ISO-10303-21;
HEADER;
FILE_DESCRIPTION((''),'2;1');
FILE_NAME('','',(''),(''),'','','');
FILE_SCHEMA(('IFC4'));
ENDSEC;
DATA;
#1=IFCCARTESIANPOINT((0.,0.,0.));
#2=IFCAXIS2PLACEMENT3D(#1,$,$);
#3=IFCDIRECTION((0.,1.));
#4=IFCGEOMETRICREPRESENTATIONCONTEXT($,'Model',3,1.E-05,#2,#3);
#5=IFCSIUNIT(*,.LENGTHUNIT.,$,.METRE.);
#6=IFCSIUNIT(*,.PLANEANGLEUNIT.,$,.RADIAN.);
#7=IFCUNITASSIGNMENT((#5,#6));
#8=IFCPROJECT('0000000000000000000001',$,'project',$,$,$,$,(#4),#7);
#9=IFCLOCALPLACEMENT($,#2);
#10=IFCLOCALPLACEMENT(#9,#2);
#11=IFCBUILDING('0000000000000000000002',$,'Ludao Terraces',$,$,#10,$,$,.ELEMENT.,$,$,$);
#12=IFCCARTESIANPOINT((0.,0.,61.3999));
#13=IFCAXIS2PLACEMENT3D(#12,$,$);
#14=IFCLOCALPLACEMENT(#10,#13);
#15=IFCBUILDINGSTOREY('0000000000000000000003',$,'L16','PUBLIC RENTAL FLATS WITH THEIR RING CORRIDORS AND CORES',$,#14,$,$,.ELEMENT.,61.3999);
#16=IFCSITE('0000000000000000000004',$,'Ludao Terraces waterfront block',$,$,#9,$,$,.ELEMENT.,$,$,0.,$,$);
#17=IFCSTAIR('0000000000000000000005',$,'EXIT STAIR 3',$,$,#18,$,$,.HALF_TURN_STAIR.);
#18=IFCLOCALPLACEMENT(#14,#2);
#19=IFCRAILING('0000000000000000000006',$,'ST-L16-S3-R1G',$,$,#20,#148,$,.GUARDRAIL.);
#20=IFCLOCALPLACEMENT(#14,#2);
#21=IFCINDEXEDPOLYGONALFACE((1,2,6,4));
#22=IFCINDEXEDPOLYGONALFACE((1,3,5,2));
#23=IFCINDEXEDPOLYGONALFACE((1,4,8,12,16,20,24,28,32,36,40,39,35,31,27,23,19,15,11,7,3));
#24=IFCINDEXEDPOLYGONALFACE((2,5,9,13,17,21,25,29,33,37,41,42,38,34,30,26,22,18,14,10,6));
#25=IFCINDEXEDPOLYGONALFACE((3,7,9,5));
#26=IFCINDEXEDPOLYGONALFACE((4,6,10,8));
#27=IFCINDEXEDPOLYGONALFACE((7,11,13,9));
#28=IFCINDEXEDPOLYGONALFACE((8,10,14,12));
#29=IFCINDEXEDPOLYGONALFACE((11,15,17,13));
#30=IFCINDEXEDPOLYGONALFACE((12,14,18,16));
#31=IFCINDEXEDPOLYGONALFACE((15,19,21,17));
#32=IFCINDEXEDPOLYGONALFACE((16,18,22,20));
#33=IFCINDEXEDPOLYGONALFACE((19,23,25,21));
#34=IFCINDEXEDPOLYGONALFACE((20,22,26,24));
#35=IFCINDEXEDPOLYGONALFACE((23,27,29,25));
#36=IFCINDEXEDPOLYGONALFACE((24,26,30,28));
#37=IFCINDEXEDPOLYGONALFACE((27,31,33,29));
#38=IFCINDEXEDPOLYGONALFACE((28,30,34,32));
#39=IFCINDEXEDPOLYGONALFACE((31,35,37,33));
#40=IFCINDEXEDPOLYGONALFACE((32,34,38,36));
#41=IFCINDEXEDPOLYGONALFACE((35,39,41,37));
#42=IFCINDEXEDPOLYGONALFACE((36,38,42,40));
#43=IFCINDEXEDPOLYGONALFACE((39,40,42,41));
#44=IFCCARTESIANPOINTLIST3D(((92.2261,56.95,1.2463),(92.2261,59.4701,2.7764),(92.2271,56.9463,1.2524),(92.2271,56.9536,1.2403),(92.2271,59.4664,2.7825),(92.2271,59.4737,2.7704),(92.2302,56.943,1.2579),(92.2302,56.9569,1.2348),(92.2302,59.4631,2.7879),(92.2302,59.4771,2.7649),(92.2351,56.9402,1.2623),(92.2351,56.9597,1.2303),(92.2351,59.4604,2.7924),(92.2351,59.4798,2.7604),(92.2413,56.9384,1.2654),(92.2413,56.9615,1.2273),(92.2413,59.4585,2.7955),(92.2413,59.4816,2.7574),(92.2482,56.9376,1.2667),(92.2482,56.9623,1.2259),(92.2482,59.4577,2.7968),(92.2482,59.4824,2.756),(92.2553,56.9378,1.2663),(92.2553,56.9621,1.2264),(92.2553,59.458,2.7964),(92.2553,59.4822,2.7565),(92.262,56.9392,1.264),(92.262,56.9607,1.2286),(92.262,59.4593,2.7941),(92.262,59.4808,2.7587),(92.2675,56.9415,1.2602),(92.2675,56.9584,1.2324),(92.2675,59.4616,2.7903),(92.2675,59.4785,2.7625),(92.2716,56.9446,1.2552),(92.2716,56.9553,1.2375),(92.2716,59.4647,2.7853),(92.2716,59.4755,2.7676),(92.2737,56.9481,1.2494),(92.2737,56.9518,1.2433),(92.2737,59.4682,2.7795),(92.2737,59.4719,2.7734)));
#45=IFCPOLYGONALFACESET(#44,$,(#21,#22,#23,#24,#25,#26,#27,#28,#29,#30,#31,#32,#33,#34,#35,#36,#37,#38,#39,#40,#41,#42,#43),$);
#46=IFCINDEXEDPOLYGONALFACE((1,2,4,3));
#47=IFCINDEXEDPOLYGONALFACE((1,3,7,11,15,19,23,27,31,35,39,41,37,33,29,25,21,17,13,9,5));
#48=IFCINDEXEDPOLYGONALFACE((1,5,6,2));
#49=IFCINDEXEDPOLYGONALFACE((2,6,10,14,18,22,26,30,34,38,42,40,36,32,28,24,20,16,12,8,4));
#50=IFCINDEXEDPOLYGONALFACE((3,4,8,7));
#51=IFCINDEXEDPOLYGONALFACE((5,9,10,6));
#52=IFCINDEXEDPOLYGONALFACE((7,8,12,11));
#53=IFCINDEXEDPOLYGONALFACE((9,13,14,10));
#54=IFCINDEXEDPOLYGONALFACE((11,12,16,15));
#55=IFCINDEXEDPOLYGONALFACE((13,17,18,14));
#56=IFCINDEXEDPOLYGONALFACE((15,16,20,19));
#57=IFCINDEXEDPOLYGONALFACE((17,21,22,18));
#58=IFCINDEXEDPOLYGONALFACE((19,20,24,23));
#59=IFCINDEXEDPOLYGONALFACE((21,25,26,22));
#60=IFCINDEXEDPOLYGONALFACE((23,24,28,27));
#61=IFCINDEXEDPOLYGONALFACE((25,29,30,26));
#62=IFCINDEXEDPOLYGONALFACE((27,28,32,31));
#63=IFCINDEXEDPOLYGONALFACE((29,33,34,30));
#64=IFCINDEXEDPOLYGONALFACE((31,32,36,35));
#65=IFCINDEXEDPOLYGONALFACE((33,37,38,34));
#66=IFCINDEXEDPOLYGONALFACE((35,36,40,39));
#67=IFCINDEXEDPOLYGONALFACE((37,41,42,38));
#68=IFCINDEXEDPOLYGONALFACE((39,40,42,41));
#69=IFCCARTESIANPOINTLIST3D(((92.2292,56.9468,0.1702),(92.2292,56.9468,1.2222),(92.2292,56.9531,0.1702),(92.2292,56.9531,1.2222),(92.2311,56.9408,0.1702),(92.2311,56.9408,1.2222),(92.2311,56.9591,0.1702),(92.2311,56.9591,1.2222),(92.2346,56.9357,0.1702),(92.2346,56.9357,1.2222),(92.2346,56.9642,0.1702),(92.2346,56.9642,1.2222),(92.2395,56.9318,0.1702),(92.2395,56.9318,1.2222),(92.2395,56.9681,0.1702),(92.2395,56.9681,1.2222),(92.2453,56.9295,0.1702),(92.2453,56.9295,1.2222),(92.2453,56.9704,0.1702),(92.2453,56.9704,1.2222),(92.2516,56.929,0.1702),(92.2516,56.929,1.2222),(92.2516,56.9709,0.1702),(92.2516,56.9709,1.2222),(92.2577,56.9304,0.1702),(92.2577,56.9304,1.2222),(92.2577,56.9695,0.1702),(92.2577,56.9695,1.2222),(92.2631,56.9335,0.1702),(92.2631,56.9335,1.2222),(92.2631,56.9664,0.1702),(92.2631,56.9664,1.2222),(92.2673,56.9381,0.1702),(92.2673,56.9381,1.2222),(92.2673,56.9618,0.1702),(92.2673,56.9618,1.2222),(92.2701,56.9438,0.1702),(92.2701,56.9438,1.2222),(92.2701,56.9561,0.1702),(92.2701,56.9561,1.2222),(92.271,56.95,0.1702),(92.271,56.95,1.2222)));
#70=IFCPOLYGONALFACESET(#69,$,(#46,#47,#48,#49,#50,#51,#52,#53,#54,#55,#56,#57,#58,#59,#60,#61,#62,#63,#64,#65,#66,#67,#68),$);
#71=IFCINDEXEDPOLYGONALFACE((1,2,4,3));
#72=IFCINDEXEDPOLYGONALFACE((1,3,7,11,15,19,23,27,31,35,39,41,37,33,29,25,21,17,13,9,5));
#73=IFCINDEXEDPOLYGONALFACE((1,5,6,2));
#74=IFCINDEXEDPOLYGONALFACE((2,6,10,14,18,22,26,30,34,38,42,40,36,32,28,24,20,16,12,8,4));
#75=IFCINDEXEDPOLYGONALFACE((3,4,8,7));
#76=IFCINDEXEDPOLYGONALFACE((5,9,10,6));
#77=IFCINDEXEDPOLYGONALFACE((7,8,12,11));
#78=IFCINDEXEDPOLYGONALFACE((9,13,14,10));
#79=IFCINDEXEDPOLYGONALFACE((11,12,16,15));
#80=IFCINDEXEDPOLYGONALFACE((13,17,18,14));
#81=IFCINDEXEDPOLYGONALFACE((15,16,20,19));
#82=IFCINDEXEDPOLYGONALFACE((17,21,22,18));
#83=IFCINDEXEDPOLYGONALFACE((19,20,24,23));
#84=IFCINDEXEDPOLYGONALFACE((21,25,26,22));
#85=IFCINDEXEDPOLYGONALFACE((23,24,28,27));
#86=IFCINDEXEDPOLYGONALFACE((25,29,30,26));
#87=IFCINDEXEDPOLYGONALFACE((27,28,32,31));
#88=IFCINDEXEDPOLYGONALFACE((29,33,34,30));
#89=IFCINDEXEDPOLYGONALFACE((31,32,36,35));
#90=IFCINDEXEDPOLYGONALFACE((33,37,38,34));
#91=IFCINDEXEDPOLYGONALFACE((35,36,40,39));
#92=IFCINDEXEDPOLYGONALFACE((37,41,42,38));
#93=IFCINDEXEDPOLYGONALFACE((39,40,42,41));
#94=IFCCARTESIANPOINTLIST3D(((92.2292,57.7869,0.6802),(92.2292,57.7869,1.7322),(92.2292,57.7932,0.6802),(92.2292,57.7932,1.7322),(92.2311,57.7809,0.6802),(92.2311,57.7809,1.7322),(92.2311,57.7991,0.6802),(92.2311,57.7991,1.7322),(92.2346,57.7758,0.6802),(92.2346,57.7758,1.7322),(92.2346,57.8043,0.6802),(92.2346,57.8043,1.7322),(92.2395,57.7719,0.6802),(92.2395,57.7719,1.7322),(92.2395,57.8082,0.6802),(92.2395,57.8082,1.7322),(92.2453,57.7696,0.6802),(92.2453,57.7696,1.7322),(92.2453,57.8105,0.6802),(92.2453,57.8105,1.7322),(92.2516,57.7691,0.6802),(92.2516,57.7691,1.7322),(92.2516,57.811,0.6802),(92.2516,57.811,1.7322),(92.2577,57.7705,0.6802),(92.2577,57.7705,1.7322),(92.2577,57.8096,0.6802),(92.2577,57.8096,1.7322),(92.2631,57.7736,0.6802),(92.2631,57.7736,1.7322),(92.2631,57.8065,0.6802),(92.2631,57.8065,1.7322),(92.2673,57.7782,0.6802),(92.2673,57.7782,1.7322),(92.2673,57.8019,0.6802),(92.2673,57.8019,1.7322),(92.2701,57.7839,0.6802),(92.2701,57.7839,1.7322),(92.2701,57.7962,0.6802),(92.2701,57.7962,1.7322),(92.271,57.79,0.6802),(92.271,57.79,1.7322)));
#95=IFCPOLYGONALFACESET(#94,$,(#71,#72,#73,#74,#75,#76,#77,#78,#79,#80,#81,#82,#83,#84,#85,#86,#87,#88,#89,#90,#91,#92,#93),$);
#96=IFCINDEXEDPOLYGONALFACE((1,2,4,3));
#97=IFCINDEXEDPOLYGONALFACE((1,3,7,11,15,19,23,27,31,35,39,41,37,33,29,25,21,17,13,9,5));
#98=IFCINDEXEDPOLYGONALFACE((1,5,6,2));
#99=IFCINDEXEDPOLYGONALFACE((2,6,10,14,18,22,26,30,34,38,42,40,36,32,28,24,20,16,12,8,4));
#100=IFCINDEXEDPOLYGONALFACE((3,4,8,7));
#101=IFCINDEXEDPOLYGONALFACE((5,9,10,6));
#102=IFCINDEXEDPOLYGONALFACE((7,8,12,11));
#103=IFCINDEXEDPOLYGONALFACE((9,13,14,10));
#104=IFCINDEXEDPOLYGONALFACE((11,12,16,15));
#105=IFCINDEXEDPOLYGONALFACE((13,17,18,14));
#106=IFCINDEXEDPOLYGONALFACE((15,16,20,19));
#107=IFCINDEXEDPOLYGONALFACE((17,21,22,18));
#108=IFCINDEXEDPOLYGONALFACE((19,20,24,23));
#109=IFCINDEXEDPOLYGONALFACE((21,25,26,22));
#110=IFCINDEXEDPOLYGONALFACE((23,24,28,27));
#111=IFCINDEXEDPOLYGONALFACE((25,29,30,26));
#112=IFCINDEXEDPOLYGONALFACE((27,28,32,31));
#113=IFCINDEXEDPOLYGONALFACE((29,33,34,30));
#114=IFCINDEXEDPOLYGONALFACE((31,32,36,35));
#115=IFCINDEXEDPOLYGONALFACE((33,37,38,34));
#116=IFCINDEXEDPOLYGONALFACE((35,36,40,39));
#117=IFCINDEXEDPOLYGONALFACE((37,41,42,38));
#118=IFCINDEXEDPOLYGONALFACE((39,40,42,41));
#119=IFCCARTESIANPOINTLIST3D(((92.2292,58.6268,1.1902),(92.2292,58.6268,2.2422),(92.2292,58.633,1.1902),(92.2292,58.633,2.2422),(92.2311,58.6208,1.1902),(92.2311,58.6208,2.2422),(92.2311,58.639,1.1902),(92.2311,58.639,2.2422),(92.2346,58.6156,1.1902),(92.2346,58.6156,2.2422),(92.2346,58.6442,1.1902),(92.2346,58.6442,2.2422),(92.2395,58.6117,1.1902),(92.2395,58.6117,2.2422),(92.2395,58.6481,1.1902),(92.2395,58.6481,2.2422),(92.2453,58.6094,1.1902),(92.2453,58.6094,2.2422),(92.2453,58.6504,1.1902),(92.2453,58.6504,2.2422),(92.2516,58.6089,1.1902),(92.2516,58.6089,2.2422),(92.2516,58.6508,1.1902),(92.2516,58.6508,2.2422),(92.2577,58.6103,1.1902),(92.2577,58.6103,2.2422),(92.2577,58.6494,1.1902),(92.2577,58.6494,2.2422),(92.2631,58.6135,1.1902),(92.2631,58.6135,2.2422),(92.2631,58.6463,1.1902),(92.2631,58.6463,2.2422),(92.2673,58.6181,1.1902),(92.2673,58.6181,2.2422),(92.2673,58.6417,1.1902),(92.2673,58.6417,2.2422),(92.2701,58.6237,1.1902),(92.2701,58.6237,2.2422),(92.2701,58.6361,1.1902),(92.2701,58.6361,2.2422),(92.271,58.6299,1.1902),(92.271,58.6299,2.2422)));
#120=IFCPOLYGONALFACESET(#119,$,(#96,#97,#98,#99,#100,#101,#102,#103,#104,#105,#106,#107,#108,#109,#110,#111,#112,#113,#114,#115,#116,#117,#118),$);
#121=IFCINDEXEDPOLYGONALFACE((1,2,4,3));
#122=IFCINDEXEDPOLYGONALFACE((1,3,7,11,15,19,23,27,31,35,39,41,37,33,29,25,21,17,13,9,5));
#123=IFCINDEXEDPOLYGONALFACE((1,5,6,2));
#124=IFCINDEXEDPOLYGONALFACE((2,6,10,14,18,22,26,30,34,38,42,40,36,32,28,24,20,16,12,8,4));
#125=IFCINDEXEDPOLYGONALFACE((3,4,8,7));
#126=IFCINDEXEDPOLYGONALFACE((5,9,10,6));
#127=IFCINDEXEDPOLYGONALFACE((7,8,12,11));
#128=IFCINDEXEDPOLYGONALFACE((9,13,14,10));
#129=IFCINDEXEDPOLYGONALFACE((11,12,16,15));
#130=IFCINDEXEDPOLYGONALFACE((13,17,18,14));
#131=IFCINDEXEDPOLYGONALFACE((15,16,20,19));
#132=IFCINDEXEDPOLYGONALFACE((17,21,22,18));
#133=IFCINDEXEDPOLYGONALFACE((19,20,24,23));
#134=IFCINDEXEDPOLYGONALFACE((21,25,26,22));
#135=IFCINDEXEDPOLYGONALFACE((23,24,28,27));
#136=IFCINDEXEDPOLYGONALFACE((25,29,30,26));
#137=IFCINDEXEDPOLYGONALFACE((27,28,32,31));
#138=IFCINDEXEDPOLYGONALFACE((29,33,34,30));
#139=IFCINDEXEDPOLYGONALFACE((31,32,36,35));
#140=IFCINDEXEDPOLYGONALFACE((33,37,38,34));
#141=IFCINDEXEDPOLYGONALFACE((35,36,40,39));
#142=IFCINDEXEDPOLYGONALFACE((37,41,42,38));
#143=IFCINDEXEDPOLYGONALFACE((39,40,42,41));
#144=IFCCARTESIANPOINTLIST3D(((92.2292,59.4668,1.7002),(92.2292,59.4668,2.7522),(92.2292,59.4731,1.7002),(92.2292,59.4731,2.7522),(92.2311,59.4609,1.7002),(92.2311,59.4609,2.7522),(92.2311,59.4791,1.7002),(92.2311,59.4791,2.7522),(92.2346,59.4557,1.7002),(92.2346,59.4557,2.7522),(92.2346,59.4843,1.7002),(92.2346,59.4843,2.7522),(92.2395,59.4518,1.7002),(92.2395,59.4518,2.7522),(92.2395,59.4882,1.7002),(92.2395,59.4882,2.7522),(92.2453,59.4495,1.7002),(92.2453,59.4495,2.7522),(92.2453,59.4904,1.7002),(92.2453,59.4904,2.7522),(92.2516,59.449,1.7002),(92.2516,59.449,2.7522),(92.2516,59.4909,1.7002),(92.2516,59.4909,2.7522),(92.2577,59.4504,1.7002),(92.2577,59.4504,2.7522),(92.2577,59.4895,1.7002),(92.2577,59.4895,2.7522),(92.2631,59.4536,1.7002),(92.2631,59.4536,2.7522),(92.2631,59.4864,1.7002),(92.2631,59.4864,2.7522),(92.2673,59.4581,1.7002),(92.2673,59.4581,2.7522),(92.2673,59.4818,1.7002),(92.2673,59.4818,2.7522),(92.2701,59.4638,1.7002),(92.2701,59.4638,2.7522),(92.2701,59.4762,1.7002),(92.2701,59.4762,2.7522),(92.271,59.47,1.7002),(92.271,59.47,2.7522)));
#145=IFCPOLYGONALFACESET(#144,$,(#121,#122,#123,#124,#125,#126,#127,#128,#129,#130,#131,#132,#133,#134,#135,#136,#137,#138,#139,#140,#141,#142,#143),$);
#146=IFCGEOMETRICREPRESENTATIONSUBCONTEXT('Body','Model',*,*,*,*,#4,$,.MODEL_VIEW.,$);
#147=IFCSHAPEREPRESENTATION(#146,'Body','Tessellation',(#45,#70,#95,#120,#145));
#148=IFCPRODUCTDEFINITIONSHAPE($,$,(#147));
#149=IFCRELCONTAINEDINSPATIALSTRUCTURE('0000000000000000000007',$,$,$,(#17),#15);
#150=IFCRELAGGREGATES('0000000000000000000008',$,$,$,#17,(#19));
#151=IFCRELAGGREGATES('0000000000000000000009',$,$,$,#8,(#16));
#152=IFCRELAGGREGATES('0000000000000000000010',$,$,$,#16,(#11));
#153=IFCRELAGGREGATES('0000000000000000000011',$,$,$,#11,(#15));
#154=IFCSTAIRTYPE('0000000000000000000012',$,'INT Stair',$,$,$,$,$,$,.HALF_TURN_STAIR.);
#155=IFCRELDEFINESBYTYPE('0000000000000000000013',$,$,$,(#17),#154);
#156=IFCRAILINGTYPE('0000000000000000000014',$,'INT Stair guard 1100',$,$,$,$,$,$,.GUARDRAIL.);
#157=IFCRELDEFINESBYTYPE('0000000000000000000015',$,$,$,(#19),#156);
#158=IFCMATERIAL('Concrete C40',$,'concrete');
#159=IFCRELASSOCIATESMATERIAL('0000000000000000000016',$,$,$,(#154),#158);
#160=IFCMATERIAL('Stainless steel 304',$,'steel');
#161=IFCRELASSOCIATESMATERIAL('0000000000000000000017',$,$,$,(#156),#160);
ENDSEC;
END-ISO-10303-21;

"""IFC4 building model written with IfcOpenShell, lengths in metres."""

from ifc_helpers import new_model, si_unit, direction, frame, origin, origin_2d, place, context, subcontext, project, spatial, circle, extrude, material, type_object, element, aggregate, save


model = new_model("IFC4")

# Units and contexts
model_context = context("Model", 3, precision=1e-05, world=origin(), true_north=direction((0.0, 1.0)))
body_context = subcontext(model_context, "Body", "Model", "MODEL_VIEW")
ifc_project = project(units=[si_unit("LENGTHUNIT", "METRE"), si_unit("PLANEANGLEUNIT", "RADIAN")], contexts=[model_context])

# Site, building, storey
site_placement = place(None, origin())
site = spatial("IfcSite", under=ifc_project, at=site_placement, Name="Ludao Terraces waterfront block", CompositionType="ELEMENT", RefElevation=0.0)
building_placement = place(site_placement, origin())
building = spatial("IfcBuilding", under=site, at=building_placement, Name="Ludao Terraces", CompositionType="ELEMENT")
storey_placement = place(building_placement, frame((0.0, 0.0, 61.3999)))
storey = spatial("IfcBuildingStorey", under=building, at=storey_placement, Name="L16", Description="PUBLIC RENTAL FLATS WITH THEIR RING CORRIDORS AND CORES", CompositionType="ELEMENT", Elevation=61.3999)

# Stair, railing
ifc_material_1 = material(Name="Concrete C40", Category="concrete")
stair_type = type_object("IfcStairType", Name="INT Stair", PredefinedType="HALF_TURN_STAIR", material=ifc_material_1)
stair_placement = place(storey_placement, origin())
stair = element("IfcStair", 1, at=stair_placement, inside=storey, type_object=stair_type, Name="EXIT STAIR 3", PredefinedType="HALF_TURN_STAIR")
ifc_material_2 = material(Name="Stainless steel 304", Category="steel")
railing_type_1 = type_object("IfcRailingType", Name="INT Stair guard 1100", PredefinedType="GUARDRAIL", material=ifc_material_2)
railing_1_placement = place(storey_placement, frame((92.25, 56.95, 0.1702)))
railing_1 = element("IfcRailing", 2, at=railing_1_placement, type_object=railing_type_1, Name="ST-L16-S3-R1G", PredefinedType="GUARDRAIL", context=body_context, shape_type="SweptSolid", body=[
    extrude(circle(Radius=0.0239, at=origin_2d()), frame((0.0, 0.0, 1.0762), z_axis=(0.0, 0.854785, 0.518982), x_axis=(-1.0, 0.0, 0.0)), (0.0, 0.0, 1.0), 2.9482),
    extrude(circle(Radius=0.021, at=origin_2d()), origin(), (0.0, 0.0, 1.0), 1.052),
    extrude(circle(Radius=0.021, at=origin_2d()), frame((0.0, 0.8401, 0.51)), (0.0, 0.0, 1.0), 1.052),
    extrude(circle(Radius=0.021, at=origin_2d()), frame((0.0, 1.6799, 1.02)), (0.0, 0.0, 1.0), 1.052),
    extrude(circle(Radius=0.021, at=origin_2d()), frame((0.0, 2.52, 1.53)), (0.0, 0.0, 1.0), 1.052),
])
aggregate(stair, [railing_1])

save(model, "model.ifc")
